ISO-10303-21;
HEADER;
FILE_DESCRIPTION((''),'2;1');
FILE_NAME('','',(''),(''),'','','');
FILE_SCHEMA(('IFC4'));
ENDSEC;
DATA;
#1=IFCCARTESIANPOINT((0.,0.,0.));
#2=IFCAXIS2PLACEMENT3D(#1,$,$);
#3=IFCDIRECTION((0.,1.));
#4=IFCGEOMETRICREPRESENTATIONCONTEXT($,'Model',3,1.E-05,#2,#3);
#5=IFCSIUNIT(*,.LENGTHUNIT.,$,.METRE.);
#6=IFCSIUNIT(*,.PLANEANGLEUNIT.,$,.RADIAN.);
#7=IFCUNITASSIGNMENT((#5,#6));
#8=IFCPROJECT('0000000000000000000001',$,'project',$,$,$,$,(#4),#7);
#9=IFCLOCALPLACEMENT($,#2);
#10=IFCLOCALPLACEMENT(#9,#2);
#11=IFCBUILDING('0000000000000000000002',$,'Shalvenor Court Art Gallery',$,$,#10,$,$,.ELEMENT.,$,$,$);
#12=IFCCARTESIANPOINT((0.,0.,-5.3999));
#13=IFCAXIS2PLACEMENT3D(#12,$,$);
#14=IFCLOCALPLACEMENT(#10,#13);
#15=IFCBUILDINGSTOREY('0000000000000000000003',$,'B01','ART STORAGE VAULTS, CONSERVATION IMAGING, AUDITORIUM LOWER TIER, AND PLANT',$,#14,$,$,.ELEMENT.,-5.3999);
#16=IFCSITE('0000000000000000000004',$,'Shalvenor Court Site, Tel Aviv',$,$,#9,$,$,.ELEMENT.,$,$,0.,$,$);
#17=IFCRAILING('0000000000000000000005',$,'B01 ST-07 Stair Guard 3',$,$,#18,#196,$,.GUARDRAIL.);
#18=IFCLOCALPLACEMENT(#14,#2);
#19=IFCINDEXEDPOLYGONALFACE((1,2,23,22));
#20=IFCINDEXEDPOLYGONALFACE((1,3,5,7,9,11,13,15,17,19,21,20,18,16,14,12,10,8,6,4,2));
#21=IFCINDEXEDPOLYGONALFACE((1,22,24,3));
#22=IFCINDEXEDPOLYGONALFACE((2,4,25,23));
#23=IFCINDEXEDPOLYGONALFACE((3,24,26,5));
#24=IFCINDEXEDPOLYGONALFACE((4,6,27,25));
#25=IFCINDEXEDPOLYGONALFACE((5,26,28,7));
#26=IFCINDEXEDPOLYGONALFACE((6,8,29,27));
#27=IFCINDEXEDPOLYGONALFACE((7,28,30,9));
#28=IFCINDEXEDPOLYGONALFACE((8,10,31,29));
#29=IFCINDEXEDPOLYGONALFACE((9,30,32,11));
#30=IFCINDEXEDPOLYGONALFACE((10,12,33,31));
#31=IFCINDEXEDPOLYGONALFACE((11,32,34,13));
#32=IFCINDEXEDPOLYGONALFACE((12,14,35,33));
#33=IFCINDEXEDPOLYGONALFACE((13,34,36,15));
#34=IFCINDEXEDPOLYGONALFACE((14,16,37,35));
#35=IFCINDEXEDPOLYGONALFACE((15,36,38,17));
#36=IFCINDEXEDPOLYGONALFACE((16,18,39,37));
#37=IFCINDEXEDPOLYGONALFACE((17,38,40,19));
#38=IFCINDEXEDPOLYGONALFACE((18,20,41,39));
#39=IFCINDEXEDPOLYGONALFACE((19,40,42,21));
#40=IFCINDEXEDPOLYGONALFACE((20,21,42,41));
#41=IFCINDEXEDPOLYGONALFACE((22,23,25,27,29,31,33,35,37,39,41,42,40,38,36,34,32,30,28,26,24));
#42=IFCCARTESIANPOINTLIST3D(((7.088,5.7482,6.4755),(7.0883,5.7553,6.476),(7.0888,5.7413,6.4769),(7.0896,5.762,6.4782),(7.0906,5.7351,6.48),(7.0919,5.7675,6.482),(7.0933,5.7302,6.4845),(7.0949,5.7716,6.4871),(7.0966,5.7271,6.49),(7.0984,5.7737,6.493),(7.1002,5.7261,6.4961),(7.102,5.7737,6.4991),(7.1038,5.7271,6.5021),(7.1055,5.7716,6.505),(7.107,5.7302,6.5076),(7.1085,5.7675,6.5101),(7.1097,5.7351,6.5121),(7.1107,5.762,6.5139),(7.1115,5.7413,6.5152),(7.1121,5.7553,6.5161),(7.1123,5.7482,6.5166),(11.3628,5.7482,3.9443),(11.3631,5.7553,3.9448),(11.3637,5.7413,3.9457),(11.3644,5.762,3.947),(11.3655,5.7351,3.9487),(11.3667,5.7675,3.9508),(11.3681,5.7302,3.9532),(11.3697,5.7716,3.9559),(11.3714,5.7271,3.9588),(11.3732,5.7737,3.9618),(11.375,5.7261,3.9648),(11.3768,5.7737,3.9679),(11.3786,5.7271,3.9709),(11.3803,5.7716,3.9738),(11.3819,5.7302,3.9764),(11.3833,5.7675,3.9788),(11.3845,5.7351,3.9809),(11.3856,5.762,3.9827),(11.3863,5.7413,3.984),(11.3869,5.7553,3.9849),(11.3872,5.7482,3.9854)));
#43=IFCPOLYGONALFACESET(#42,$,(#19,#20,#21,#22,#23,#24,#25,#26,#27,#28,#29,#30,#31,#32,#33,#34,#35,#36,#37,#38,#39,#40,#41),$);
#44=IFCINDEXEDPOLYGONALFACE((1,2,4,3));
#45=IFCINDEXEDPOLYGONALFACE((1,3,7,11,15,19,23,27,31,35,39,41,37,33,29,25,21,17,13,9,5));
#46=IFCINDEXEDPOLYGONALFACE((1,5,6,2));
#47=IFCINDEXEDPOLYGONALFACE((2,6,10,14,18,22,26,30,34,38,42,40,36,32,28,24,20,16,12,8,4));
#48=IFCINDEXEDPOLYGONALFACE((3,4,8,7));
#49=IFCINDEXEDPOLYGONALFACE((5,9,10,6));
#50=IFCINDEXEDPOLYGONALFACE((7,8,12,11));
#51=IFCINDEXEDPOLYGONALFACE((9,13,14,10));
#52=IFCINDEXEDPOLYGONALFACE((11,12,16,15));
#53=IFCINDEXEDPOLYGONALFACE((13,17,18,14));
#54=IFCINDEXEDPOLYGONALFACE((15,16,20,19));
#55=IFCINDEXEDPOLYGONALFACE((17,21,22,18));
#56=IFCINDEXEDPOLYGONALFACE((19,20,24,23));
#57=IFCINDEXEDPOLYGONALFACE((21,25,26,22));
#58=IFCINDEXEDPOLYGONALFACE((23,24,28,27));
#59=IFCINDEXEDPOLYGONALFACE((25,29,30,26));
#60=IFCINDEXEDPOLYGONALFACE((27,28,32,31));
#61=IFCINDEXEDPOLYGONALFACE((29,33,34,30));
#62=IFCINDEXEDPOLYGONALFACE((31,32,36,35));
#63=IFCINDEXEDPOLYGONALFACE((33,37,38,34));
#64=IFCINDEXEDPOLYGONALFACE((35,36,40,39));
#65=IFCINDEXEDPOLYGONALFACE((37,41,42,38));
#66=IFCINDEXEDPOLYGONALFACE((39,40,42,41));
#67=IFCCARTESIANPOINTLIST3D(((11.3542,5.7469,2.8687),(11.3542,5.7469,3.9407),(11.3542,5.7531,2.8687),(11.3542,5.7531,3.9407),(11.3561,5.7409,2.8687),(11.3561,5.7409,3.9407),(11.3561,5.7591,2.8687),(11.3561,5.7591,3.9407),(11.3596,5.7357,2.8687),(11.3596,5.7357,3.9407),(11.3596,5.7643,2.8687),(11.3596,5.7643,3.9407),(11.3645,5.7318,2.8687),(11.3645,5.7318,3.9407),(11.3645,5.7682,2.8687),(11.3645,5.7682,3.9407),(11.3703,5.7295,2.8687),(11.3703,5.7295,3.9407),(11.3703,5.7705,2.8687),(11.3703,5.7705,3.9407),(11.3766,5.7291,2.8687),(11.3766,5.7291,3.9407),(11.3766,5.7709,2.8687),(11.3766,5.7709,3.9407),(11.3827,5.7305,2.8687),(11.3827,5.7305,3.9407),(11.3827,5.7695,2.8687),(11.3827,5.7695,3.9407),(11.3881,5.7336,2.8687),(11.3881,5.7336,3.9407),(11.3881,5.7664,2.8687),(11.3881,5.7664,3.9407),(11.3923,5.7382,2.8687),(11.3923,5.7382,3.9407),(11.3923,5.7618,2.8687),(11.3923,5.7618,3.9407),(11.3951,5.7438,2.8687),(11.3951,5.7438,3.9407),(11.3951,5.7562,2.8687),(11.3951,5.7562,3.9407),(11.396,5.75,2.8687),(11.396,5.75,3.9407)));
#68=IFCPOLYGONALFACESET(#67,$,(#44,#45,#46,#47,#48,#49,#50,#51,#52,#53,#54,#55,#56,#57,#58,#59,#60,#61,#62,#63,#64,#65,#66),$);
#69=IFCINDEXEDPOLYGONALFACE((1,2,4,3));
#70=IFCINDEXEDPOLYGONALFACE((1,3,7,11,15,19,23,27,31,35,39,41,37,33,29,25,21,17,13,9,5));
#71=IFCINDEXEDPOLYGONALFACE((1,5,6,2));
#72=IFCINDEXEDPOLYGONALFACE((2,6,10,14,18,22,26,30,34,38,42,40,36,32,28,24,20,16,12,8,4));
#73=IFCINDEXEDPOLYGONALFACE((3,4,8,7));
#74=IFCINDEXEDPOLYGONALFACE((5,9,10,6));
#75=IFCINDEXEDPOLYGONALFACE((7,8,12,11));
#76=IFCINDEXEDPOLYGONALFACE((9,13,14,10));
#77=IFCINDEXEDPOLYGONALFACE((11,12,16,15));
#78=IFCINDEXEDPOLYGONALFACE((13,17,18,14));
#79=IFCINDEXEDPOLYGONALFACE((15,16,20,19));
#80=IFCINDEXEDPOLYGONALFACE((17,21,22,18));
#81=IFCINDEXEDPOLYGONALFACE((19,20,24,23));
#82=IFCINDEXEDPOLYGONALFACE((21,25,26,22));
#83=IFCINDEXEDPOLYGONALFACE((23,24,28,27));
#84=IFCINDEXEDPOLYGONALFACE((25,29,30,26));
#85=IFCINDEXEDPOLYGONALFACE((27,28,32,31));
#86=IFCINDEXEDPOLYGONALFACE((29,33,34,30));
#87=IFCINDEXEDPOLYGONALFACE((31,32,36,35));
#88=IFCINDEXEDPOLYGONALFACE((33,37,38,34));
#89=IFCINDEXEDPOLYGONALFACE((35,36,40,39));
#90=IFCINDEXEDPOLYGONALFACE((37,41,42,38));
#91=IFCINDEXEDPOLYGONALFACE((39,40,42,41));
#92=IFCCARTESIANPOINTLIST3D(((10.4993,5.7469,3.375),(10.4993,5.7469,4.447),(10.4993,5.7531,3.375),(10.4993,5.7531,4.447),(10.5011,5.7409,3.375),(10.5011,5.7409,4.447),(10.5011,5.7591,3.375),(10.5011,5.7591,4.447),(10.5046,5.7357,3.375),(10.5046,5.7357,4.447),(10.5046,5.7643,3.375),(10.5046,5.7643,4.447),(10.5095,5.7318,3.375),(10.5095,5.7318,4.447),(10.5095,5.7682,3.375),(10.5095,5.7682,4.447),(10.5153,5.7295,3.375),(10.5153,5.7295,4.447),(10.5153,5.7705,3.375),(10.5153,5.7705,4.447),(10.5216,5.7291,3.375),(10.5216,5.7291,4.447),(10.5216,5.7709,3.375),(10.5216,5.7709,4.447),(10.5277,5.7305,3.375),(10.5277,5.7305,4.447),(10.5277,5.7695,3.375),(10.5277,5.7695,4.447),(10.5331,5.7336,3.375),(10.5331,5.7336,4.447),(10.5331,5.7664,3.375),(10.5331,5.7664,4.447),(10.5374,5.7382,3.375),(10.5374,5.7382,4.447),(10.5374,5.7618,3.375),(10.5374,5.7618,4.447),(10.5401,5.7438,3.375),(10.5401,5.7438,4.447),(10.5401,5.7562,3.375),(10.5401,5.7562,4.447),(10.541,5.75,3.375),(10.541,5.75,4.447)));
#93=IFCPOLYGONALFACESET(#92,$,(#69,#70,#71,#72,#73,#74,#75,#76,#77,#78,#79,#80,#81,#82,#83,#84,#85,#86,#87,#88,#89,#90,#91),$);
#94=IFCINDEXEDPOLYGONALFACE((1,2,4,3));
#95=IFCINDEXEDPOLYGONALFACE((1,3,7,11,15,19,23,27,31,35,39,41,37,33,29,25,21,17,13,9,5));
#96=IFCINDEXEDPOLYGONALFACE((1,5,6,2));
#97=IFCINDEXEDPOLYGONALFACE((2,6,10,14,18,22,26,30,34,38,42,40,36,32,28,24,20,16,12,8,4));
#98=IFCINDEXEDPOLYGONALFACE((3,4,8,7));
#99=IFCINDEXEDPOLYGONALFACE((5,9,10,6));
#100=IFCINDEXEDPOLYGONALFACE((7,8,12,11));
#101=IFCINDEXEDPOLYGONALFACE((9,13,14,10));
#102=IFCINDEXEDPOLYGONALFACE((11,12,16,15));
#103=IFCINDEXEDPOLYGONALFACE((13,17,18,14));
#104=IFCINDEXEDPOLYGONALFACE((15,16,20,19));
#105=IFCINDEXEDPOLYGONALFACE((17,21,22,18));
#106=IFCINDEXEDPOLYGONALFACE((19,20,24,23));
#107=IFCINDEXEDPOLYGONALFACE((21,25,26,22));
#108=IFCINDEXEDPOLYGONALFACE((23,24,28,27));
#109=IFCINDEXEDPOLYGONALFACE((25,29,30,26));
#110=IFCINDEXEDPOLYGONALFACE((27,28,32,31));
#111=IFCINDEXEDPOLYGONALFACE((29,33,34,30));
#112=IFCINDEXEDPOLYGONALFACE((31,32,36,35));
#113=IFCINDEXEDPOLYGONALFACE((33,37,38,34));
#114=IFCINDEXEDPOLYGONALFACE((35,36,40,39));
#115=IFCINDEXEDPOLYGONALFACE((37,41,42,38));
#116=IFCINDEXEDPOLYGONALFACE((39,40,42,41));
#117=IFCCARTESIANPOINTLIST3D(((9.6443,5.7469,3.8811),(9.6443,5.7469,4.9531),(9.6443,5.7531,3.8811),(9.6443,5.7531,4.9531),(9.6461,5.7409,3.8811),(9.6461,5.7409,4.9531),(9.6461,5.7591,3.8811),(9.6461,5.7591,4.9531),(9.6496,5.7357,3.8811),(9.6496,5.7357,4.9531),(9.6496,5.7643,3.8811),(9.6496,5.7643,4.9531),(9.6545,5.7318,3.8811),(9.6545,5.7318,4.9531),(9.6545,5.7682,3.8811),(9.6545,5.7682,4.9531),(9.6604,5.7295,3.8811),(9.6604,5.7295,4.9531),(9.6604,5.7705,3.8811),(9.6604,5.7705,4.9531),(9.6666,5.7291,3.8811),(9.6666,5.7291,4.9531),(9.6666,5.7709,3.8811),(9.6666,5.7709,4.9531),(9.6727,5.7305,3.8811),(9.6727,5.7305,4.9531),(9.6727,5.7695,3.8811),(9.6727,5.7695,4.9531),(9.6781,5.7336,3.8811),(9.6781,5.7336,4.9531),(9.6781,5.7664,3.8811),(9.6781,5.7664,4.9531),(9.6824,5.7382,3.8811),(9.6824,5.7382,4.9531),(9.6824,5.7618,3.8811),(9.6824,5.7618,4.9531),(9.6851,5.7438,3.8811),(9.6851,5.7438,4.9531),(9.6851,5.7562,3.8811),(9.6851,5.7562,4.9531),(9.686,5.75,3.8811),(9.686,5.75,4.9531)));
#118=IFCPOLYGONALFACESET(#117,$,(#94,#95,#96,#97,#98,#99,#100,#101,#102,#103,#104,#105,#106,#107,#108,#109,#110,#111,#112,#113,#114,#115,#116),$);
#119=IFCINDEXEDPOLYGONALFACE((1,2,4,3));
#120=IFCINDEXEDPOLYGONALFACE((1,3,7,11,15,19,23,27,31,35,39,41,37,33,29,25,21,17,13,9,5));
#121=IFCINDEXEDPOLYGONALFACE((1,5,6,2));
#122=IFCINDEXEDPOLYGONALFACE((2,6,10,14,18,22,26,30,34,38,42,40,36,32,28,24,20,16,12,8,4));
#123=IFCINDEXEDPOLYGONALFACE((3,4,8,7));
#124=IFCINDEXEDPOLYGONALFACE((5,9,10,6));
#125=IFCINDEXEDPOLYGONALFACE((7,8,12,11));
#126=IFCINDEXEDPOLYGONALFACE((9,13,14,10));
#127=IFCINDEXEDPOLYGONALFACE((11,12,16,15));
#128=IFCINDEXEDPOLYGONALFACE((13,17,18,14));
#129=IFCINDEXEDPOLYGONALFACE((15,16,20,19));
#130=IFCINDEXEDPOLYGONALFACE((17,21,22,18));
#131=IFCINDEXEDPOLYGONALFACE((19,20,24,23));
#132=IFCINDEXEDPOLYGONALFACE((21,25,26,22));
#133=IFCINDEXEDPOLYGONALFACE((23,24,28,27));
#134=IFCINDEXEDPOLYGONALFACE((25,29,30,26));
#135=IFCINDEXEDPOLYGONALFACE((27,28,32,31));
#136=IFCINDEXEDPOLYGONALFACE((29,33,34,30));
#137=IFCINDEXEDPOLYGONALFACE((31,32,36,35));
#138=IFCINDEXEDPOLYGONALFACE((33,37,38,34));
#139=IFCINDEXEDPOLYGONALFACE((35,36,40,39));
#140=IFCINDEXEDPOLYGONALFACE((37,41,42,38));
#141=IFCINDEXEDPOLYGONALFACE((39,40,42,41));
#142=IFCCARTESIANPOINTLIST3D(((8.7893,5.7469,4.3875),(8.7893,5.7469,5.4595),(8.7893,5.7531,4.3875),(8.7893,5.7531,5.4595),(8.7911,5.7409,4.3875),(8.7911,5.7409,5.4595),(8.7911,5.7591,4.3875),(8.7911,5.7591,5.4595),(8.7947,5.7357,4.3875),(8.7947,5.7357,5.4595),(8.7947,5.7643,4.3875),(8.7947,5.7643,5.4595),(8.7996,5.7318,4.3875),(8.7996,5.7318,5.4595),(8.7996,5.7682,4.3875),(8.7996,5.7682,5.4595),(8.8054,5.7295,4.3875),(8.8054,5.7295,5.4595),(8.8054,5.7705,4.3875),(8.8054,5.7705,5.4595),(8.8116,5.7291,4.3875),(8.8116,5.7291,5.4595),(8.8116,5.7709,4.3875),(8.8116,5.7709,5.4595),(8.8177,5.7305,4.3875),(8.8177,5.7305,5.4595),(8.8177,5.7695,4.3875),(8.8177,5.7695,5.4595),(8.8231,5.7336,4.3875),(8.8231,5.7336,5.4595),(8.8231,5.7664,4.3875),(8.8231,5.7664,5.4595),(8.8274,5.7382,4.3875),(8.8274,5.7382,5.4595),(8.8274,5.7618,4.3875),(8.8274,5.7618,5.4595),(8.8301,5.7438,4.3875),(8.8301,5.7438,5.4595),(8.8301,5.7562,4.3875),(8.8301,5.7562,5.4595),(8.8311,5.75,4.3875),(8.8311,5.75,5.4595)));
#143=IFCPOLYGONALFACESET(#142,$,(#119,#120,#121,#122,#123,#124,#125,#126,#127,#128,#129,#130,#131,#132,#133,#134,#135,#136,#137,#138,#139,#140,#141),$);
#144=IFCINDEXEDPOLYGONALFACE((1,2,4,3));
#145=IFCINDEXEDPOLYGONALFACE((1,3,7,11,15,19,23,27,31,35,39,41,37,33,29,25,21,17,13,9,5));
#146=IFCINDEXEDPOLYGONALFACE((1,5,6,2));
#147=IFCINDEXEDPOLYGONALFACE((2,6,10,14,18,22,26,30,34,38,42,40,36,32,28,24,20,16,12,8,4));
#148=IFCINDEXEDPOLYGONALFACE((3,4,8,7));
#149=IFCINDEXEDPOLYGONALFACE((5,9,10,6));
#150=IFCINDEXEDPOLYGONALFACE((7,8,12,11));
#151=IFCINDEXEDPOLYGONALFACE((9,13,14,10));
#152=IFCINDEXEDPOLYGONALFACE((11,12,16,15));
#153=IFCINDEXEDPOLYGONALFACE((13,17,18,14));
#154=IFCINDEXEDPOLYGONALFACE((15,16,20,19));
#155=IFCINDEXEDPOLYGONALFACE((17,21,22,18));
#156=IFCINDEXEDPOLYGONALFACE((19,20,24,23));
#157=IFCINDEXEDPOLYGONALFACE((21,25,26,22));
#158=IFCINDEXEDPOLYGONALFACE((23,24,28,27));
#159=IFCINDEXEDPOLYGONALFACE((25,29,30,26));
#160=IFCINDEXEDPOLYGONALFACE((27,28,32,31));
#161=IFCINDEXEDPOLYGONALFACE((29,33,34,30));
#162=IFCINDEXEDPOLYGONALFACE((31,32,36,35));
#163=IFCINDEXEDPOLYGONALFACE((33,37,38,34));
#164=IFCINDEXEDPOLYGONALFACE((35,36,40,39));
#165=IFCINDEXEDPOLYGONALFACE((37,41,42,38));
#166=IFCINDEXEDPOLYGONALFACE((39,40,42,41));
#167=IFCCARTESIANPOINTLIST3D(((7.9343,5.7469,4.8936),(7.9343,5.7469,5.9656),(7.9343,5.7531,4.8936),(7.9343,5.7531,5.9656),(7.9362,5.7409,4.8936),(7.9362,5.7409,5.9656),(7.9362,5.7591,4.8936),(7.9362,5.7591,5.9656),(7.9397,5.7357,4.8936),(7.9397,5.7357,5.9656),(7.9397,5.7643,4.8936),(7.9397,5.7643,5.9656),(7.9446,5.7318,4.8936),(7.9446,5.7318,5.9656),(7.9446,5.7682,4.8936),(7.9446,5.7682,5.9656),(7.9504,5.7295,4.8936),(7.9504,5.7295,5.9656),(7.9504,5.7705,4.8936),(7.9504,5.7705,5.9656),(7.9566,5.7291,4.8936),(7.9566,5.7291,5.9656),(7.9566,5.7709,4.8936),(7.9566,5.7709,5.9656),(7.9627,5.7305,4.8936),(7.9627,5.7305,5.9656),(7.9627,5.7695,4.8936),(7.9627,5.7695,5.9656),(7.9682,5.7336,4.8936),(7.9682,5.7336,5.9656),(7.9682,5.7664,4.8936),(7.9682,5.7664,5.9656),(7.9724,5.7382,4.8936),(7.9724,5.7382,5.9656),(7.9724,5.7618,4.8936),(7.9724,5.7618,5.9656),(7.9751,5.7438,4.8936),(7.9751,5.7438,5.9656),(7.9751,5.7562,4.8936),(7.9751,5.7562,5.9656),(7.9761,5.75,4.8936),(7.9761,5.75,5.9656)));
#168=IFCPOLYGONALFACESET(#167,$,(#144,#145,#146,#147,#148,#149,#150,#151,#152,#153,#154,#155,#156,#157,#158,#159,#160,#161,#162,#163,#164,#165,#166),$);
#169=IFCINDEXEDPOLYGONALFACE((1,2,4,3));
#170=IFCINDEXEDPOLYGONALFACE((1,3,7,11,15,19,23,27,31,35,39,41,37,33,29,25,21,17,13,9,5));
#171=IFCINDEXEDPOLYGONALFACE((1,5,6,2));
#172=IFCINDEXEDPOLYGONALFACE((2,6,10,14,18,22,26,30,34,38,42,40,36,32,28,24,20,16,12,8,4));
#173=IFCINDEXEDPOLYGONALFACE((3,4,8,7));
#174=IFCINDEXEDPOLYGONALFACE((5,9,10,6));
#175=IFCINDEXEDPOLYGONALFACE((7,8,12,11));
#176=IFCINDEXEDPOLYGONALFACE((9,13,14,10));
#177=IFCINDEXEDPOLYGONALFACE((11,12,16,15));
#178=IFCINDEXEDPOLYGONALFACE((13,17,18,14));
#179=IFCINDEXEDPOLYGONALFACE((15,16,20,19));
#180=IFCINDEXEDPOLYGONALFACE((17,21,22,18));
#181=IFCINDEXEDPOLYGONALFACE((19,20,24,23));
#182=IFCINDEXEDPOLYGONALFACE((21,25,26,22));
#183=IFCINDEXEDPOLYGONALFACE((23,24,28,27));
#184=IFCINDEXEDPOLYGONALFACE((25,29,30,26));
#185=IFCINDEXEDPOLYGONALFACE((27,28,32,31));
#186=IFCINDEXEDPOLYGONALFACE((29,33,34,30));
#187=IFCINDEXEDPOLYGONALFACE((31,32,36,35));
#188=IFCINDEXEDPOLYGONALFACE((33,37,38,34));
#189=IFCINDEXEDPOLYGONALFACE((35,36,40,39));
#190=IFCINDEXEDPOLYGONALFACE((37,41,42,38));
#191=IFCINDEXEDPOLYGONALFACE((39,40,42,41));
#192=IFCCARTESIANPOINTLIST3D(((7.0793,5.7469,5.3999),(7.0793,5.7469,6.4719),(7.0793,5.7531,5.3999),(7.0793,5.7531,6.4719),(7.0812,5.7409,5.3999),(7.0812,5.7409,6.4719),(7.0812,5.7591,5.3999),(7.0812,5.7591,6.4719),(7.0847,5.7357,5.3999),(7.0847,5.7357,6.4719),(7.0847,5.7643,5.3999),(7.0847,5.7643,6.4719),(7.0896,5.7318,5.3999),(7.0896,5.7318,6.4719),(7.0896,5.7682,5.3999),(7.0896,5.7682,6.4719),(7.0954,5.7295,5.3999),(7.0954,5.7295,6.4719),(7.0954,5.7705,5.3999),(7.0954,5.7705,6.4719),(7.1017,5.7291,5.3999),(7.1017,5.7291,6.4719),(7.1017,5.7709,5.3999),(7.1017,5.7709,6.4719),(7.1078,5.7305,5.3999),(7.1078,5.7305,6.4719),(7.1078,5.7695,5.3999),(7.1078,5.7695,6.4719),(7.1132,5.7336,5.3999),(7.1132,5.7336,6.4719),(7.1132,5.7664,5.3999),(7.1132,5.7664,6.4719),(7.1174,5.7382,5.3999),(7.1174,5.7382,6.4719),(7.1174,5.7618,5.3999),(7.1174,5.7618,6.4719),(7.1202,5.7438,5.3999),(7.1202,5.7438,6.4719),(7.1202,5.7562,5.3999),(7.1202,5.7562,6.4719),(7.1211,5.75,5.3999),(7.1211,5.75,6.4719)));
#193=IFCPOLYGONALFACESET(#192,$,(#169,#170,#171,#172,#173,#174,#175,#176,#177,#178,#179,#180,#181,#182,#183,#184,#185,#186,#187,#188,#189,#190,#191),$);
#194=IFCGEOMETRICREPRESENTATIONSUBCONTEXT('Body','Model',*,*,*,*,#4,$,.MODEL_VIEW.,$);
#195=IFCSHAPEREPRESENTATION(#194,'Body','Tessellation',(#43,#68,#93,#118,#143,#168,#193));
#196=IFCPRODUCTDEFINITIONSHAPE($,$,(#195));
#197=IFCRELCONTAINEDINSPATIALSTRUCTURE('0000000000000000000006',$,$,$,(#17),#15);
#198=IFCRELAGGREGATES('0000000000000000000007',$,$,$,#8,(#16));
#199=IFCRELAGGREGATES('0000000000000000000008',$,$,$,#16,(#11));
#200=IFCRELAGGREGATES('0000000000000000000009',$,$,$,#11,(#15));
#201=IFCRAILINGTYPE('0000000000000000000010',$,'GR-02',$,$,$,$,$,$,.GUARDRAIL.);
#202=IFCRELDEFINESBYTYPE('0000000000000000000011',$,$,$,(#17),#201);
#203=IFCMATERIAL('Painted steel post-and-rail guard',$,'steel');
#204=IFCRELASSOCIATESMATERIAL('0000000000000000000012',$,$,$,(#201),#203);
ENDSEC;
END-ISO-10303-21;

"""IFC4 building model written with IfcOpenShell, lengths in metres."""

from ifc_helpers import new_model, si_unit, direction, frame, origin, origin_2d, place, context, subcontext, project, spatial, circle, extrude, material, type_object, element, save


model = new_model("IFC4")

# Units and contexts
model_context = context("Model", 3, precision=1e-05, world=origin(), true_north=direction((0.0, 1.0)))
body_context = subcontext(model_context, "Body", "Model", "MODEL_VIEW")
ifc_project = project(units=[si_unit("LENGTHUNIT", "METRE"), si_unit("PLANEANGLEUNIT", "RADIAN")], contexts=[model_context])

# Site, building, storey
site_placement = place(None, origin())
site = spatial("IfcSite", under=ifc_project, at=site_placement, Name="Shalvenor Court Site, Tel Aviv", CompositionType="ELEMENT", RefElevation=0.0)
building_placement = place(site_placement, origin())
building = spatial("IfcBuilding", under=site, at=building_placement, Name="Shalvenor Court Art Gallery", CompositionType="ELEMENT")
storey_placement = place(building_placement, frame((0.0, 0.0, -5.3999)))
storey = spatial("IfcBuildingStorey", under=building, at=storey_placement, Name="B01", Description="ART STORAGE VAULTS, CONSERVATION IMAGING, AUDITORIUM LOWER TIER, AND PLANT", CompositionType="ELEMENT", Elevation=-5.3999)

# Railing
ifc_material_1 = material(Name="Painted steel post-and-rail guard", Category="steel")
railing_type_1 = type_object("IfcRailingType", Name="GR-02", PredefinedType="GUARDRAIL", material=ifc_material_1)
railing_1_placement = place(storey_placement, frame((11.375, 5.75, 2.8687)))
element("IfcRailing", 1, at=railing_1_placement, inside=storey, type_object=railing_type_1, Name="B01 ST-07 Stair Guard 3", PredefinedType="GUARDRAIL", context=body_context, shape_type="SweptSolid", body=[
    extrude(circle(Radius=0.0239, at=origin_2d()), frame((0.0, 0.0, 1.0962), z_axis=(-0.86047, 0.0, 0.509501), x_axis=(0.0, -1.0, 0.0)), (0.0, 0.0, 1.0), 4.968),
    extrude(circle(Radius=0.021, at=origin_2d()), origin(), (0.0, 0.0, 1.0), 1.072),
    extrude(circle(Radius=0.021, at=origin_2d()), frame((-0.855, 0.0, 0.5063)), (0.0, 0.0, 1.0), 1.072),
    extrude(circle(Radius=0.021, at=origin_2d()), frame((-1.71, 0.0, 1.0125)), (0.0, 0.0, 1.0), 1.072),
    extrude(circle(Radius=0.021, at=origin_2d()), frame((-2.5649, 0.0, 1.5188)), (0.0, 0.0, 1.0), 1.072),
    extrude(circle(Radius=0.021, at=origin_2d()), frame((-3.4199, 0.0, 2.0249)), (0.0, 0.0, 1.0), 1.072),
    extrude(circle(Radius=0.021, at=origin_2d()), frame((-4.2749, 0.0, 2.5312)), (0.0, 0.0, 1.0), 1.072),
])

save(model, "model.ifc")
